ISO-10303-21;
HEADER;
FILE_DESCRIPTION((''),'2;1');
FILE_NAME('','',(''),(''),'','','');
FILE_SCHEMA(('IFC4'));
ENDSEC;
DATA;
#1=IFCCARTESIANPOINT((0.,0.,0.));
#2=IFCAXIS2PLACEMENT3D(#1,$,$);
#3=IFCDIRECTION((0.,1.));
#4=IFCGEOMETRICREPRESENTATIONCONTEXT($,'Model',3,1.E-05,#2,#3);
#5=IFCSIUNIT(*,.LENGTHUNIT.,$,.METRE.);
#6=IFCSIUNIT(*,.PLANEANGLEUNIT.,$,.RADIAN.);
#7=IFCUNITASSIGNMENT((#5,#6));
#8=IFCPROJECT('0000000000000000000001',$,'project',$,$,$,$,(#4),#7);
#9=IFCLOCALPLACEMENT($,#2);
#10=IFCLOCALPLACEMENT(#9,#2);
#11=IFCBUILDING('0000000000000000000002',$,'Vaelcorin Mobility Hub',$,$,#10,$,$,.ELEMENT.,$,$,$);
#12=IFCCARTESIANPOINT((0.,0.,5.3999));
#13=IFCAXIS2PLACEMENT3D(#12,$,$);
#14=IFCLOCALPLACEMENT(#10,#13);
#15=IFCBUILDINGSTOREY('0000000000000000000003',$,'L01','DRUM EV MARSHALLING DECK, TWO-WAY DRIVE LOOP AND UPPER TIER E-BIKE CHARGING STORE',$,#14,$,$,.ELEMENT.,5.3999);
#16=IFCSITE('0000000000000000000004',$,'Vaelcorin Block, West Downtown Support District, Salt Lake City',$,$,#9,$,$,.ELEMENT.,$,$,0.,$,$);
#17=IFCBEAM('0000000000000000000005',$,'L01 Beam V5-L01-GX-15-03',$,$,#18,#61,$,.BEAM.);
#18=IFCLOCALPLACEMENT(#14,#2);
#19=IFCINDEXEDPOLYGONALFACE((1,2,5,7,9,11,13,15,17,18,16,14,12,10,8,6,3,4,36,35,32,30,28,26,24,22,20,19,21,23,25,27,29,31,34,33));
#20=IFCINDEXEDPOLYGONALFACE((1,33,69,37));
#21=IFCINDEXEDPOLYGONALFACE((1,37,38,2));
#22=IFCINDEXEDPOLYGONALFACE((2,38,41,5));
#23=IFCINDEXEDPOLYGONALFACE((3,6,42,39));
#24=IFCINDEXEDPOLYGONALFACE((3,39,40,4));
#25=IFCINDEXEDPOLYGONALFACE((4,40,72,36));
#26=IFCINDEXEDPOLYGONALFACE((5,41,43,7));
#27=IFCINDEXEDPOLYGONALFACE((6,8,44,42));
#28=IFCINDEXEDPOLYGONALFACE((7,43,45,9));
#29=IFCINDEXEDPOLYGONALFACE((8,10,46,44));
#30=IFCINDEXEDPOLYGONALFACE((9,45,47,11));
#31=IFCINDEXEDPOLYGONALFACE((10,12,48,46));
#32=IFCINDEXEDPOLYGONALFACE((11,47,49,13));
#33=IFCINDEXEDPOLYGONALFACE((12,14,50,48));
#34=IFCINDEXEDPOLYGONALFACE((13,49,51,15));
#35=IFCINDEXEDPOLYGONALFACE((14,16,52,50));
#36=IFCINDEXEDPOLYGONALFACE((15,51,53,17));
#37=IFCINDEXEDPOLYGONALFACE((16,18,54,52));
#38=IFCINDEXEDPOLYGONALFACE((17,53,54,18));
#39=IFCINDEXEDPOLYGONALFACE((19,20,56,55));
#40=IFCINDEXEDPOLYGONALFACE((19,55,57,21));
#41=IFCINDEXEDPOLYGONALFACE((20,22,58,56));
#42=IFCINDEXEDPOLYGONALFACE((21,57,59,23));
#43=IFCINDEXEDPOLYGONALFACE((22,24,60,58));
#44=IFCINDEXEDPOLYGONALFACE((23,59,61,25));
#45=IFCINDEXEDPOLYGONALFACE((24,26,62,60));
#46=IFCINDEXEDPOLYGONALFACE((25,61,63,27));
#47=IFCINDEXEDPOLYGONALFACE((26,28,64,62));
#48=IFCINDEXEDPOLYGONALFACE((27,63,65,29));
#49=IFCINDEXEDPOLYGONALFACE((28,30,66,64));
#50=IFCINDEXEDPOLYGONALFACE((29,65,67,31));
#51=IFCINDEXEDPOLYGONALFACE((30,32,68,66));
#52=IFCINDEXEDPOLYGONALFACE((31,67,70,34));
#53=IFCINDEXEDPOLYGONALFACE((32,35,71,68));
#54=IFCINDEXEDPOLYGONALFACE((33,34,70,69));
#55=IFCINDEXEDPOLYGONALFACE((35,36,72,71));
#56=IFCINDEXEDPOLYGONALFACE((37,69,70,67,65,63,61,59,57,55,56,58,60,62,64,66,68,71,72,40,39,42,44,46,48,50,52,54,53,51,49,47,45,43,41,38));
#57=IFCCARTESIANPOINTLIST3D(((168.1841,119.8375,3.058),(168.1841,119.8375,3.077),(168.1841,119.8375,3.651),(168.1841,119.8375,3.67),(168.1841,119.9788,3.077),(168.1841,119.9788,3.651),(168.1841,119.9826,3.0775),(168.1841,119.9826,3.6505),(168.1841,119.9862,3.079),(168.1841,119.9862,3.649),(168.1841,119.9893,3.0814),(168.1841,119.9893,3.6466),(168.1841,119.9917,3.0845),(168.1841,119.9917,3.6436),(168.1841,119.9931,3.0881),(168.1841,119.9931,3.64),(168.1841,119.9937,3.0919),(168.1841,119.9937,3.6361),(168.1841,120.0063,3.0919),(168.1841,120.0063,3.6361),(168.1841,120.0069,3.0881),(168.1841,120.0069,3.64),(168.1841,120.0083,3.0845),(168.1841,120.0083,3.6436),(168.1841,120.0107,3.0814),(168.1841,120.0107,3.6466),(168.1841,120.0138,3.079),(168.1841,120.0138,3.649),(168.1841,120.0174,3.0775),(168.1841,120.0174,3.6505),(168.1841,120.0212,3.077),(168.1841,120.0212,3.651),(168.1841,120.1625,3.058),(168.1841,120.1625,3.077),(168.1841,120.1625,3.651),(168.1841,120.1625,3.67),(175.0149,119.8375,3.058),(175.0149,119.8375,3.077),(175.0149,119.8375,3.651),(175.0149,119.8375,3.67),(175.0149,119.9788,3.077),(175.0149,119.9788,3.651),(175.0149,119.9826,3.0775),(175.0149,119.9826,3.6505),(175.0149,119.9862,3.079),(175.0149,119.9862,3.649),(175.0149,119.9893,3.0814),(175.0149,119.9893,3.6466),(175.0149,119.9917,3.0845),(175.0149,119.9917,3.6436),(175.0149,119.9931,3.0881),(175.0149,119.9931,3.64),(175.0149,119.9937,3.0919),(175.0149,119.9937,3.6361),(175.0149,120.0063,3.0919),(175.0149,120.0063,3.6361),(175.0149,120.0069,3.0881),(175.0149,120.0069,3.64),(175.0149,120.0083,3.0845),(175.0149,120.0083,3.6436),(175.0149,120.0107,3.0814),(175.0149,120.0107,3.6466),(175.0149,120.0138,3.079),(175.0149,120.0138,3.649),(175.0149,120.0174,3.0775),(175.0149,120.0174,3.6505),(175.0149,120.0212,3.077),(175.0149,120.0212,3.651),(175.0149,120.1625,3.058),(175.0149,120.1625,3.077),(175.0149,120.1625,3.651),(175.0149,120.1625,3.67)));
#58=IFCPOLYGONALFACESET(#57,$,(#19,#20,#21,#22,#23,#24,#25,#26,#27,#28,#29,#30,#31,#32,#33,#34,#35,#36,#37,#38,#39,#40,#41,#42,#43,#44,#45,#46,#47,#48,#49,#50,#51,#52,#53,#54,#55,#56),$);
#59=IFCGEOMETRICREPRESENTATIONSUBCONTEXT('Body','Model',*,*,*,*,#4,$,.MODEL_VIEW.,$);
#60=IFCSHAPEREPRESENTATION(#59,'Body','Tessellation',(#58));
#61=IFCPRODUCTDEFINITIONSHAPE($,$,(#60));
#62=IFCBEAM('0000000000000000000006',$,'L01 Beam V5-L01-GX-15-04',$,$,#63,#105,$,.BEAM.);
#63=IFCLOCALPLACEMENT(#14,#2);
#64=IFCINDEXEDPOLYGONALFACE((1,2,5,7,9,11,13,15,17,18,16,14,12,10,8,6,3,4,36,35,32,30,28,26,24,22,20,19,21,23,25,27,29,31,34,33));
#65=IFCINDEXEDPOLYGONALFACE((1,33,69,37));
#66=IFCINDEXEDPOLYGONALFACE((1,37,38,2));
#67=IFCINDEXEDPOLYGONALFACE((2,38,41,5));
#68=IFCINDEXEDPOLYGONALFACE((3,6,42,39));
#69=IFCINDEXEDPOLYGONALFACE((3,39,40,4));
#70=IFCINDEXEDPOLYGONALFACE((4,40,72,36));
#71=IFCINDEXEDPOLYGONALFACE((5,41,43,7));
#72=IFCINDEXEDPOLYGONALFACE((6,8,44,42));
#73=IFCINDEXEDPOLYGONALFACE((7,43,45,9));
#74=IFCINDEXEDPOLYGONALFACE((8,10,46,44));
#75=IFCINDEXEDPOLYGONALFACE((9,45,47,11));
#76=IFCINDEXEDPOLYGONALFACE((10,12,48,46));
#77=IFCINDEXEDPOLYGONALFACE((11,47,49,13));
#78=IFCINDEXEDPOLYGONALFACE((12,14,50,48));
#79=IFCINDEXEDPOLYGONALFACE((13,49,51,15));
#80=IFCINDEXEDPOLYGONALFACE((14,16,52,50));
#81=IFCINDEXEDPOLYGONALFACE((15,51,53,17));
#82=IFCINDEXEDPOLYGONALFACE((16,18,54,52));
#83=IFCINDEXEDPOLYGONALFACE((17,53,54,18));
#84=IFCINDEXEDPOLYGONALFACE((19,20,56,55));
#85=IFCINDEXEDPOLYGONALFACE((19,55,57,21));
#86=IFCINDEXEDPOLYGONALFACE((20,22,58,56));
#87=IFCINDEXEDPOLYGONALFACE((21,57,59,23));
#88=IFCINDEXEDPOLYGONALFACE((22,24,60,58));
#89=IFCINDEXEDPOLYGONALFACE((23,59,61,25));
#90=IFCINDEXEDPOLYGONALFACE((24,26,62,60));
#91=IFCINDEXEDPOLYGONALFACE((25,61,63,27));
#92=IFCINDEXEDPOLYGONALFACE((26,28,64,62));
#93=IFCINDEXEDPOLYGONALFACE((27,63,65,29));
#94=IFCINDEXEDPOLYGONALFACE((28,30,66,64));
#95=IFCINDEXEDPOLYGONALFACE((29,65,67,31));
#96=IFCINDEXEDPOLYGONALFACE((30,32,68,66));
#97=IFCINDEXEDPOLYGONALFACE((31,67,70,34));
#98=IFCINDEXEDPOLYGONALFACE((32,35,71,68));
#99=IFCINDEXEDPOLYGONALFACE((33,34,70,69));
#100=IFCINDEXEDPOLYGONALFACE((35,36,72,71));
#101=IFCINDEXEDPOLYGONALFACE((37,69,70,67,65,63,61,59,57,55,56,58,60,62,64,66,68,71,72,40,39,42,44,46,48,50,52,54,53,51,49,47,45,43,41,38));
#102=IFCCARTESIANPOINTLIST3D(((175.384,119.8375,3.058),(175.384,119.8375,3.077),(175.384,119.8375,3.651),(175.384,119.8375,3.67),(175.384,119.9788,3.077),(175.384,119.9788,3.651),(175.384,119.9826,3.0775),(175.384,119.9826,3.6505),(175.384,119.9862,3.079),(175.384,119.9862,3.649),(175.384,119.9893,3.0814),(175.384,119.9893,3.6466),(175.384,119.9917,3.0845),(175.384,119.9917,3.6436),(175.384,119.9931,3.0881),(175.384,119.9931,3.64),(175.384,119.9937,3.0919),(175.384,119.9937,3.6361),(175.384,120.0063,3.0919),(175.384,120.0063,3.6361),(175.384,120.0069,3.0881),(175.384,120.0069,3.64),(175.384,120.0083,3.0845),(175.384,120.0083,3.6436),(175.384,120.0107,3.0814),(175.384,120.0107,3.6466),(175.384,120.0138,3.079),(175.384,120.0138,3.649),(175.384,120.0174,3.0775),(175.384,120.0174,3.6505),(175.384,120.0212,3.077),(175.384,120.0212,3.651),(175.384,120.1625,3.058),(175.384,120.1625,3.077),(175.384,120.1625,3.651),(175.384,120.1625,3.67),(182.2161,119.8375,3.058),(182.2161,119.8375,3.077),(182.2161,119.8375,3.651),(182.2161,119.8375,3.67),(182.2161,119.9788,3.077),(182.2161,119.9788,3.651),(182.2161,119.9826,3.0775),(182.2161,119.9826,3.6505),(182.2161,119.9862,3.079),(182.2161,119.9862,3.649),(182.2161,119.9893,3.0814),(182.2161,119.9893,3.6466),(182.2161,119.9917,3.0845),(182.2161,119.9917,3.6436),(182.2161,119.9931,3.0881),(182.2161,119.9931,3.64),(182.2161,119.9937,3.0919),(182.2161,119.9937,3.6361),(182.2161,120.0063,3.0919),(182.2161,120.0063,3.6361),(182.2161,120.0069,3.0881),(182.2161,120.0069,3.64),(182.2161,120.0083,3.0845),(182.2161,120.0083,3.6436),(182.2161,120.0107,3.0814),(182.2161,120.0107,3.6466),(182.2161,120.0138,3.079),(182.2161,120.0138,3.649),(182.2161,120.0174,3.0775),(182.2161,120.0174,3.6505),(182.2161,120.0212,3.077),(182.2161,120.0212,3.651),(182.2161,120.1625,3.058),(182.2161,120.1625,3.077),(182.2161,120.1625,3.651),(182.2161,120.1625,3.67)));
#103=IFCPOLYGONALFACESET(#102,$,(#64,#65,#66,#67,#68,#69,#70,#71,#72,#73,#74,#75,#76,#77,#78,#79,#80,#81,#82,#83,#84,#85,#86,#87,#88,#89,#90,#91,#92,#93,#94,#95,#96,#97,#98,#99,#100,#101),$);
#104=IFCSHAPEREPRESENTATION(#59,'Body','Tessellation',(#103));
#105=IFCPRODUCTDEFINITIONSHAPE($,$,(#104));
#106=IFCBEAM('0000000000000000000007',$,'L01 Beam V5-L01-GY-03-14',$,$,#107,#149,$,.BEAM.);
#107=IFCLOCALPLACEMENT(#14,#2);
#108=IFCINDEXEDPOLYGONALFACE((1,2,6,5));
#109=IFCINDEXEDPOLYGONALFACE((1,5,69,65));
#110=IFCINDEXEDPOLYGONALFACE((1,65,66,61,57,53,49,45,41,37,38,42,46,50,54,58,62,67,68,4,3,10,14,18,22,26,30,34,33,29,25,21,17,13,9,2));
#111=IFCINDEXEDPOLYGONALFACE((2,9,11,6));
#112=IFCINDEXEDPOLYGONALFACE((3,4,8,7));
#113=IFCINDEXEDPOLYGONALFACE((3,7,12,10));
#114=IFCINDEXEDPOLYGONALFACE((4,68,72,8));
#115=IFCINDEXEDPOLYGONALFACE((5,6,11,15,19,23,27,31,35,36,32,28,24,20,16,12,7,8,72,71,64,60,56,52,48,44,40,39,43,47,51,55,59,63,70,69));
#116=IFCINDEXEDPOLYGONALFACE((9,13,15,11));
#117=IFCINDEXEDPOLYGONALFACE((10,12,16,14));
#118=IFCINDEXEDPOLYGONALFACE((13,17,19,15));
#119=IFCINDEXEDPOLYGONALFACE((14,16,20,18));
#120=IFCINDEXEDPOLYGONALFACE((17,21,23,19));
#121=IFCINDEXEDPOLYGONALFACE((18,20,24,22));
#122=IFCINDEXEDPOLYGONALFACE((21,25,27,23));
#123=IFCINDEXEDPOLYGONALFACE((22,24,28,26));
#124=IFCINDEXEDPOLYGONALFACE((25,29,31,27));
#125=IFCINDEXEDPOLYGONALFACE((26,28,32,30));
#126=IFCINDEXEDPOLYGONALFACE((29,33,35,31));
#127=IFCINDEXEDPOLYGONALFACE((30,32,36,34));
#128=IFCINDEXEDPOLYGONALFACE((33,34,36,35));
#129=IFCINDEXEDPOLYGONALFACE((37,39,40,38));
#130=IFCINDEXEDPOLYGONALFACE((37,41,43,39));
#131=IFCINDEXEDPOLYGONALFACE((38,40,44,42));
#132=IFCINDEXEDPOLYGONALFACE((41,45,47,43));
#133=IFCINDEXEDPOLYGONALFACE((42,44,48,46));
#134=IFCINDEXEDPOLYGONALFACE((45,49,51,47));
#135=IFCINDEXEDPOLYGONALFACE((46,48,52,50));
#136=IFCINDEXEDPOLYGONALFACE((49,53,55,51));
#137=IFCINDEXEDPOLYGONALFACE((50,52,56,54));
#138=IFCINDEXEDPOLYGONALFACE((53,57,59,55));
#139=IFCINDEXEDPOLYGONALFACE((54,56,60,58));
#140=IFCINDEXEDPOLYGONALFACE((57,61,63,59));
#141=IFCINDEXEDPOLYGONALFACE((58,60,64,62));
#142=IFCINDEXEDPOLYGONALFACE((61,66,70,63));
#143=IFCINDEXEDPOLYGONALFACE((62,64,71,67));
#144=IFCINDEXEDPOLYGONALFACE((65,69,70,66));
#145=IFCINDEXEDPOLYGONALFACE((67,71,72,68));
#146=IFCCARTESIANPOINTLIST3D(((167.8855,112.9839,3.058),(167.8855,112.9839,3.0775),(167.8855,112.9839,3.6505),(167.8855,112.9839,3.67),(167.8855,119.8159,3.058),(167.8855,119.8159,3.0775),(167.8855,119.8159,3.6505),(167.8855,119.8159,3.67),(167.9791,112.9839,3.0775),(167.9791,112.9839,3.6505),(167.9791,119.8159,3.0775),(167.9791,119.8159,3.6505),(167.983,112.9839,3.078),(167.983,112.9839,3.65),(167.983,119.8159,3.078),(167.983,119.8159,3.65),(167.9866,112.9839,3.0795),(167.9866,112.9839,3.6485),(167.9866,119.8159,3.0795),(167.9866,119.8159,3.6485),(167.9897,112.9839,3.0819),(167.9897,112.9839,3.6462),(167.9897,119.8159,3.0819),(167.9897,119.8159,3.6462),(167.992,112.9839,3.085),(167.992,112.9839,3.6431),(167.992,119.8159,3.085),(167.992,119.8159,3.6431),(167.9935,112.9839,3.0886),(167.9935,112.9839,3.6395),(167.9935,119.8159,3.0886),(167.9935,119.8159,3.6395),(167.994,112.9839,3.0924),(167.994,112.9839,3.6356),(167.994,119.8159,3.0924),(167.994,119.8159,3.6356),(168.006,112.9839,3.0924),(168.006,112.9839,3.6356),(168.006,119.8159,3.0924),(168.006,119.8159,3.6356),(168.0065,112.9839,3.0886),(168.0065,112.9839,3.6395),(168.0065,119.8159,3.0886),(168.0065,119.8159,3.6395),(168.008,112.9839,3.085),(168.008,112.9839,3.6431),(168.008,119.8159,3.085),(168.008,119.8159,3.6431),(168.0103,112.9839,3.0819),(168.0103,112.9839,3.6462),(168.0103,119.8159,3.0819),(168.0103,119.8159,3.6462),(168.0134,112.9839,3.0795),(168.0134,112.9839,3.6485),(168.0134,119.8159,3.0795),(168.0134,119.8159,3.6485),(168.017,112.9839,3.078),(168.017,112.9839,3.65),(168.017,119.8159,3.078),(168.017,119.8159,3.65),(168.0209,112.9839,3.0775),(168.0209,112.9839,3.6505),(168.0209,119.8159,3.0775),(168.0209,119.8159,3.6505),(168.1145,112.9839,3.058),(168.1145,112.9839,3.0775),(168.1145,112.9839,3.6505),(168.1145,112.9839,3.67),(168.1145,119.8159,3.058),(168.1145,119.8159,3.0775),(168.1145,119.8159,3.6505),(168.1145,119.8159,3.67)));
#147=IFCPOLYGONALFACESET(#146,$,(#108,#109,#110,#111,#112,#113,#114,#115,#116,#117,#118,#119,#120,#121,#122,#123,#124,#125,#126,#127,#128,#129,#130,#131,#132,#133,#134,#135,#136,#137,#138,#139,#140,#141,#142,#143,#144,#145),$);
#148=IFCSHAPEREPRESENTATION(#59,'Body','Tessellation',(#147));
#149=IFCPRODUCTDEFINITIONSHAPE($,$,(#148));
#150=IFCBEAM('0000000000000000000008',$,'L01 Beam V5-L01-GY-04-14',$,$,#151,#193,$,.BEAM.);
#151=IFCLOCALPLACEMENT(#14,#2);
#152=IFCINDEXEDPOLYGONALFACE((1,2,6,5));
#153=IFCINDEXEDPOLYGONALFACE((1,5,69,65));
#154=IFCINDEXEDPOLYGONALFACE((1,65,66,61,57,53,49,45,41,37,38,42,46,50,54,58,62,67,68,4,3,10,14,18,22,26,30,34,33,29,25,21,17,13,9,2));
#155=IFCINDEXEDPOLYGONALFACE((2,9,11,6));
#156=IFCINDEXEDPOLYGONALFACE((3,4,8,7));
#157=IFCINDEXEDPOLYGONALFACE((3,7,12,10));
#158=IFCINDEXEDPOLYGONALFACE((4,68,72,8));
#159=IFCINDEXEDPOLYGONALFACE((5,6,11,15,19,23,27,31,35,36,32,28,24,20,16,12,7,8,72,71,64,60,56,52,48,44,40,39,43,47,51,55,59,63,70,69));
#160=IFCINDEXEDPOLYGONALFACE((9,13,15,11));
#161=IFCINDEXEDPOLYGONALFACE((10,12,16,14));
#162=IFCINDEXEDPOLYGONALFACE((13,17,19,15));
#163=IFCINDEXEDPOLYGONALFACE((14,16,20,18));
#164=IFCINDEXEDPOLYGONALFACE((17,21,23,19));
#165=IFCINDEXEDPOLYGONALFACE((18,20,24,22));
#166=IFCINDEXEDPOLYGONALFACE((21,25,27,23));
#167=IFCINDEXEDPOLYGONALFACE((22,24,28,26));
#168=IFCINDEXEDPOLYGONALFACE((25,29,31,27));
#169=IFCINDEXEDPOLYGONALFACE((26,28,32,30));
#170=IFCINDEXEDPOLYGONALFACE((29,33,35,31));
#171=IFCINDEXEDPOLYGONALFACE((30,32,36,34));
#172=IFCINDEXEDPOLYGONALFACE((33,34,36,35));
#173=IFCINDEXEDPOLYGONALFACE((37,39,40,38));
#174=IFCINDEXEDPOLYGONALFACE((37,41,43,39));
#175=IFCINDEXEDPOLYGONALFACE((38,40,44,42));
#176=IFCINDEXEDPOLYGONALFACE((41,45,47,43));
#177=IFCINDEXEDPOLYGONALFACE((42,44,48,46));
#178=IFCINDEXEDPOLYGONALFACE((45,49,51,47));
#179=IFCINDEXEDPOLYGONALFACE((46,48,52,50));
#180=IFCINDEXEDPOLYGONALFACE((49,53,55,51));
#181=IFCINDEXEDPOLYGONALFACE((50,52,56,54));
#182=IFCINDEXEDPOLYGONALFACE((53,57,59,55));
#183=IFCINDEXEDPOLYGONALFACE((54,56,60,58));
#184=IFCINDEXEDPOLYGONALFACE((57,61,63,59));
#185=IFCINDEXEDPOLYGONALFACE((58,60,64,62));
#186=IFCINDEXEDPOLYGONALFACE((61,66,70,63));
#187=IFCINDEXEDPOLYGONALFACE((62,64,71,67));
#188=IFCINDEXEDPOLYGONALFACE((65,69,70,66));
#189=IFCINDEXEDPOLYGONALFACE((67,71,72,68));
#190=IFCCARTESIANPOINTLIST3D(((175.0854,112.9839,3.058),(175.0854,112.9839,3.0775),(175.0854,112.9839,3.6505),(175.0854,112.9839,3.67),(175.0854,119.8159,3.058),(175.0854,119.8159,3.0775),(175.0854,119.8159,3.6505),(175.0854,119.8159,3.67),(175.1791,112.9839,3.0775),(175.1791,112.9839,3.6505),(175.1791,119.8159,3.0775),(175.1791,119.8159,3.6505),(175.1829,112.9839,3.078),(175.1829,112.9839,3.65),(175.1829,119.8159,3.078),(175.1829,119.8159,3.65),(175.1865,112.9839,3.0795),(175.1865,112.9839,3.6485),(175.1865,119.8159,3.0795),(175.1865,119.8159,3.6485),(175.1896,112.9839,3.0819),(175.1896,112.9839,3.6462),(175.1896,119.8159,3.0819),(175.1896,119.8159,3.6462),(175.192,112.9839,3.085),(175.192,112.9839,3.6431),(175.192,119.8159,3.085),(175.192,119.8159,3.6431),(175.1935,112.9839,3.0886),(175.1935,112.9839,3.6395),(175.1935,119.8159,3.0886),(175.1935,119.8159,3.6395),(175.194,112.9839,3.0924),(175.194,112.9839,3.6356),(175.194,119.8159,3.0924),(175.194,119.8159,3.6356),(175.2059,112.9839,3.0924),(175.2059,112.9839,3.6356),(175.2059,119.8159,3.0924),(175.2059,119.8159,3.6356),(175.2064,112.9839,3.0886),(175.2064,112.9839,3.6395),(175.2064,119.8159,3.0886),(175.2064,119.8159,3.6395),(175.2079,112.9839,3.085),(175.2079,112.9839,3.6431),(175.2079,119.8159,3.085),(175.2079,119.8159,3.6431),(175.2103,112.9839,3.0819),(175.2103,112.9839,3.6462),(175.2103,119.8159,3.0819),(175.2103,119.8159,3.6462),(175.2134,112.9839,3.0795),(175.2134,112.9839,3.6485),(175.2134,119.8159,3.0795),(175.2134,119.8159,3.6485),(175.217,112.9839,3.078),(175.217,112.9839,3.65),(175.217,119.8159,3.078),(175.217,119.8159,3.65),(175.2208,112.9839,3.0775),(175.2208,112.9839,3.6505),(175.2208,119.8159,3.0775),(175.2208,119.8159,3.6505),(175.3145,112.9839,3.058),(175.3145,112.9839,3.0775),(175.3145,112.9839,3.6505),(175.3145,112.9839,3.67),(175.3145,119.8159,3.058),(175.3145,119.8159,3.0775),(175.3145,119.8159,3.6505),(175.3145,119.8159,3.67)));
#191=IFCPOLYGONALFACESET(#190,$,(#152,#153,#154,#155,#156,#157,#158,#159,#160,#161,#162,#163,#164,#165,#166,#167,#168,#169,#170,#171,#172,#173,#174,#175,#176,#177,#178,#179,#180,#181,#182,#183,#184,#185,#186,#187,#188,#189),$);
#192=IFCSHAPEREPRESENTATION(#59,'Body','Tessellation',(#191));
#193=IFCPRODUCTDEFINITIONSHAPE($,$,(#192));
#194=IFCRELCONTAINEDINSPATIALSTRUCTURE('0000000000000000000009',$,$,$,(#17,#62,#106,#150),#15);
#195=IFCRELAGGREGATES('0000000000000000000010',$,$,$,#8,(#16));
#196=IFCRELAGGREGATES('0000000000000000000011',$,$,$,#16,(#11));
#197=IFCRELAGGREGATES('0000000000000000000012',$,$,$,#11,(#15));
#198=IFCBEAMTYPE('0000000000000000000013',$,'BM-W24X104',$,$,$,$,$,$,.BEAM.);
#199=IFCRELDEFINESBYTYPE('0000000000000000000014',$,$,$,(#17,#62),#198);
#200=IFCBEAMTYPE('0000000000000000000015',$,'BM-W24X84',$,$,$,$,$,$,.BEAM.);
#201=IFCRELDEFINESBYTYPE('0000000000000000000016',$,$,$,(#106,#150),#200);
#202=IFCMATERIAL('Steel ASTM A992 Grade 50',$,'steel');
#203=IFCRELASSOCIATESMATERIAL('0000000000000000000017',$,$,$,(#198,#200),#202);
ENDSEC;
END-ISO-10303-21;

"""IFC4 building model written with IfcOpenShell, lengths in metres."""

from ifc_helpers import new_model, si_unit, direction, frame, origin, origin_2d, place, context, subcontext, project, spatial, i_section, extrude, material, material_profile, profile_set, type_object, element, save


model = new_model("IFC4")

# Units and contexts
model_context = context("Model", 3, precision=1e-05, world=origin(), true_north=direction((0.0, 1.0)))
body_context = subcontext(model_context, "Body", "Model", "MODEL_VIEW")
ifc_project = project(units=[si_unit("LENGTHUNIT", "METRE"), si_unit("PLANEANGLEUNIT", "RADIAN")], contexts=[model_context])

# Site, building, storey
site_placement = place(None, origin())
site = spatial("IfcSite", under=ifc_project, at=site_placement, Name="Vaelcorin Block, West Downtown Support District, Salt Lake City", CompositionType="ELEMENT", RefElevation=0.0)
building_placement = place(site_placement, origin())
building = spatial("IfcBuilding", under=site, at=building_placement, Name="Vaelcorin Mobility Hub", CompositionType="ELEMENT")
storey_placement = place(building_placement, frame((0.0, 0.0, 5.3999)))
storey = spatial("IfcBuildingStorey", under=building, at=storey_placement, Name="L01", Description="DRUM EV MARSHALLING DECK, TWO-WAY DRIVE LOOP AND UPPER TIER E-BIKE CHARGING STORE", CompositionType="ELEMENT", Elevation=5.3999)

# Shared definitions
ifc_material_1 = material(Name="Steel ASTM A992 Grade 50", Category="steel")

# Beams
ifc_material_profile_1 = material_profile(ifc_material_1, i_section(OverallWidth=0.325, OverallDepth=0.6121, WebThickness=0.0127, FlangeThickness=0.019, FilletRadius=0.0149, at=origin_2d()), Name="W24X104")
ifc_profile_set_1 = profile_set([ifc_material_profile_1], Name="Steel ASTM A992 Grade 50")
beam_type_1 = type_object("IfcBeamType", Name="BM-W24X104", PredefinedType="BEAM", material=ifc_profile_set_1)
beam_1_placement = place(storey_placement, frame((168.1841, 120.0, 3.364), z_axis=(1.0, 0.0, 0.0), x_axis=(0.0, 1.0, 0.0)))
element("IfcBeam", 1, at=beam_1_placement, inside=storey, type_object=beam_type_1, Name="L01 Beam V5-L01-GX-15-03", PredefinedType="BEAM", context=body_context, shape_type="SweptSolid", body=[
    extrude(i_section(OverallWidth=0.325, OverallDepth=0.6121, WebThickness=0.0127, FlangeThickness=0.019, FilletRadius=0.0149, at=origin_2d()), origin(), (0.0, 0.0, 1.0), 6.8308),
])
beam_2_placement = place(storey_placement, frame((175.384, 120.0, 3.364), z_axis=(1.0, 0.0, 0.0), x_axis=(0.0, 1.0, 0.0)))
element("IfcBeam", 2, at=beam_2_placement, inside=storey, type_object=beam_type_1, Name="L01 Beam V5-L01-GX-15-04", PredefinedType="BEAM", context=body_context, shape_type="SweptSolid", body=[
    extrude(i_section(OverallWidth=0.325, OverallDepth=0.6121, WebThickness=0.0127, FlangeThickness=0.019, FilletRadius=0.0149, at=origin_2d()), origin(), (0.0, 0.0, 1.0), 6.832),
])
ifc_material_profile_2 = material_profile(ifc_material_1, i_section(OverallWidth=0.229, OverallDepth=0.6121, WebThickness=0.012, FlangeThickness=0.0195, FilletRadius=0.0149, at=origin_2d()), Name="W24X84")
ifc_profile_set_2 = profile_set([ifc_material_profile_2], Name="Steel ASTM A992 Grade 50")
beam_type_2 = type_object("IfcBeamType", Name="BM-W24X84", PredefinedType="BEAM", material=ifc_profile_set_2)
for number, where, z_axis, x_axis, name in (
    (3, (168.0, 112.9839, 3.364), (0.0, 1.0, 0.0), (-1.0, 0.0, 0.0), "L01 Beam V5-L01-GY-03-14"),
    (4, (175.2, 112.9839, 3.364), (0.0, 1.0, 0.0), (-1.0, 0.0, 0.0), "L01 Beam V5-L01-GY-04-14"),
):
    element("IfcBeam", number, at=place(storey_placement, frame(where, z_axis=z_axis, x_axis=x_axis)), inside=storey, type_object=beam_type_2, Name=name, PredefinedType="BEAM", context=body_context, shape_type="SweptSolid", body=[
        extrude(i_section(OverallWidth=0.229, OverallDepth=0.6121, WebThickness=0.012, FlangeThickness=0.0195, FilletRadius=0.0149, at=origin_2d()), origin(), (0.0, 0.0, 1.0), 6.832),
    ])

save(model, "model.ifc")
